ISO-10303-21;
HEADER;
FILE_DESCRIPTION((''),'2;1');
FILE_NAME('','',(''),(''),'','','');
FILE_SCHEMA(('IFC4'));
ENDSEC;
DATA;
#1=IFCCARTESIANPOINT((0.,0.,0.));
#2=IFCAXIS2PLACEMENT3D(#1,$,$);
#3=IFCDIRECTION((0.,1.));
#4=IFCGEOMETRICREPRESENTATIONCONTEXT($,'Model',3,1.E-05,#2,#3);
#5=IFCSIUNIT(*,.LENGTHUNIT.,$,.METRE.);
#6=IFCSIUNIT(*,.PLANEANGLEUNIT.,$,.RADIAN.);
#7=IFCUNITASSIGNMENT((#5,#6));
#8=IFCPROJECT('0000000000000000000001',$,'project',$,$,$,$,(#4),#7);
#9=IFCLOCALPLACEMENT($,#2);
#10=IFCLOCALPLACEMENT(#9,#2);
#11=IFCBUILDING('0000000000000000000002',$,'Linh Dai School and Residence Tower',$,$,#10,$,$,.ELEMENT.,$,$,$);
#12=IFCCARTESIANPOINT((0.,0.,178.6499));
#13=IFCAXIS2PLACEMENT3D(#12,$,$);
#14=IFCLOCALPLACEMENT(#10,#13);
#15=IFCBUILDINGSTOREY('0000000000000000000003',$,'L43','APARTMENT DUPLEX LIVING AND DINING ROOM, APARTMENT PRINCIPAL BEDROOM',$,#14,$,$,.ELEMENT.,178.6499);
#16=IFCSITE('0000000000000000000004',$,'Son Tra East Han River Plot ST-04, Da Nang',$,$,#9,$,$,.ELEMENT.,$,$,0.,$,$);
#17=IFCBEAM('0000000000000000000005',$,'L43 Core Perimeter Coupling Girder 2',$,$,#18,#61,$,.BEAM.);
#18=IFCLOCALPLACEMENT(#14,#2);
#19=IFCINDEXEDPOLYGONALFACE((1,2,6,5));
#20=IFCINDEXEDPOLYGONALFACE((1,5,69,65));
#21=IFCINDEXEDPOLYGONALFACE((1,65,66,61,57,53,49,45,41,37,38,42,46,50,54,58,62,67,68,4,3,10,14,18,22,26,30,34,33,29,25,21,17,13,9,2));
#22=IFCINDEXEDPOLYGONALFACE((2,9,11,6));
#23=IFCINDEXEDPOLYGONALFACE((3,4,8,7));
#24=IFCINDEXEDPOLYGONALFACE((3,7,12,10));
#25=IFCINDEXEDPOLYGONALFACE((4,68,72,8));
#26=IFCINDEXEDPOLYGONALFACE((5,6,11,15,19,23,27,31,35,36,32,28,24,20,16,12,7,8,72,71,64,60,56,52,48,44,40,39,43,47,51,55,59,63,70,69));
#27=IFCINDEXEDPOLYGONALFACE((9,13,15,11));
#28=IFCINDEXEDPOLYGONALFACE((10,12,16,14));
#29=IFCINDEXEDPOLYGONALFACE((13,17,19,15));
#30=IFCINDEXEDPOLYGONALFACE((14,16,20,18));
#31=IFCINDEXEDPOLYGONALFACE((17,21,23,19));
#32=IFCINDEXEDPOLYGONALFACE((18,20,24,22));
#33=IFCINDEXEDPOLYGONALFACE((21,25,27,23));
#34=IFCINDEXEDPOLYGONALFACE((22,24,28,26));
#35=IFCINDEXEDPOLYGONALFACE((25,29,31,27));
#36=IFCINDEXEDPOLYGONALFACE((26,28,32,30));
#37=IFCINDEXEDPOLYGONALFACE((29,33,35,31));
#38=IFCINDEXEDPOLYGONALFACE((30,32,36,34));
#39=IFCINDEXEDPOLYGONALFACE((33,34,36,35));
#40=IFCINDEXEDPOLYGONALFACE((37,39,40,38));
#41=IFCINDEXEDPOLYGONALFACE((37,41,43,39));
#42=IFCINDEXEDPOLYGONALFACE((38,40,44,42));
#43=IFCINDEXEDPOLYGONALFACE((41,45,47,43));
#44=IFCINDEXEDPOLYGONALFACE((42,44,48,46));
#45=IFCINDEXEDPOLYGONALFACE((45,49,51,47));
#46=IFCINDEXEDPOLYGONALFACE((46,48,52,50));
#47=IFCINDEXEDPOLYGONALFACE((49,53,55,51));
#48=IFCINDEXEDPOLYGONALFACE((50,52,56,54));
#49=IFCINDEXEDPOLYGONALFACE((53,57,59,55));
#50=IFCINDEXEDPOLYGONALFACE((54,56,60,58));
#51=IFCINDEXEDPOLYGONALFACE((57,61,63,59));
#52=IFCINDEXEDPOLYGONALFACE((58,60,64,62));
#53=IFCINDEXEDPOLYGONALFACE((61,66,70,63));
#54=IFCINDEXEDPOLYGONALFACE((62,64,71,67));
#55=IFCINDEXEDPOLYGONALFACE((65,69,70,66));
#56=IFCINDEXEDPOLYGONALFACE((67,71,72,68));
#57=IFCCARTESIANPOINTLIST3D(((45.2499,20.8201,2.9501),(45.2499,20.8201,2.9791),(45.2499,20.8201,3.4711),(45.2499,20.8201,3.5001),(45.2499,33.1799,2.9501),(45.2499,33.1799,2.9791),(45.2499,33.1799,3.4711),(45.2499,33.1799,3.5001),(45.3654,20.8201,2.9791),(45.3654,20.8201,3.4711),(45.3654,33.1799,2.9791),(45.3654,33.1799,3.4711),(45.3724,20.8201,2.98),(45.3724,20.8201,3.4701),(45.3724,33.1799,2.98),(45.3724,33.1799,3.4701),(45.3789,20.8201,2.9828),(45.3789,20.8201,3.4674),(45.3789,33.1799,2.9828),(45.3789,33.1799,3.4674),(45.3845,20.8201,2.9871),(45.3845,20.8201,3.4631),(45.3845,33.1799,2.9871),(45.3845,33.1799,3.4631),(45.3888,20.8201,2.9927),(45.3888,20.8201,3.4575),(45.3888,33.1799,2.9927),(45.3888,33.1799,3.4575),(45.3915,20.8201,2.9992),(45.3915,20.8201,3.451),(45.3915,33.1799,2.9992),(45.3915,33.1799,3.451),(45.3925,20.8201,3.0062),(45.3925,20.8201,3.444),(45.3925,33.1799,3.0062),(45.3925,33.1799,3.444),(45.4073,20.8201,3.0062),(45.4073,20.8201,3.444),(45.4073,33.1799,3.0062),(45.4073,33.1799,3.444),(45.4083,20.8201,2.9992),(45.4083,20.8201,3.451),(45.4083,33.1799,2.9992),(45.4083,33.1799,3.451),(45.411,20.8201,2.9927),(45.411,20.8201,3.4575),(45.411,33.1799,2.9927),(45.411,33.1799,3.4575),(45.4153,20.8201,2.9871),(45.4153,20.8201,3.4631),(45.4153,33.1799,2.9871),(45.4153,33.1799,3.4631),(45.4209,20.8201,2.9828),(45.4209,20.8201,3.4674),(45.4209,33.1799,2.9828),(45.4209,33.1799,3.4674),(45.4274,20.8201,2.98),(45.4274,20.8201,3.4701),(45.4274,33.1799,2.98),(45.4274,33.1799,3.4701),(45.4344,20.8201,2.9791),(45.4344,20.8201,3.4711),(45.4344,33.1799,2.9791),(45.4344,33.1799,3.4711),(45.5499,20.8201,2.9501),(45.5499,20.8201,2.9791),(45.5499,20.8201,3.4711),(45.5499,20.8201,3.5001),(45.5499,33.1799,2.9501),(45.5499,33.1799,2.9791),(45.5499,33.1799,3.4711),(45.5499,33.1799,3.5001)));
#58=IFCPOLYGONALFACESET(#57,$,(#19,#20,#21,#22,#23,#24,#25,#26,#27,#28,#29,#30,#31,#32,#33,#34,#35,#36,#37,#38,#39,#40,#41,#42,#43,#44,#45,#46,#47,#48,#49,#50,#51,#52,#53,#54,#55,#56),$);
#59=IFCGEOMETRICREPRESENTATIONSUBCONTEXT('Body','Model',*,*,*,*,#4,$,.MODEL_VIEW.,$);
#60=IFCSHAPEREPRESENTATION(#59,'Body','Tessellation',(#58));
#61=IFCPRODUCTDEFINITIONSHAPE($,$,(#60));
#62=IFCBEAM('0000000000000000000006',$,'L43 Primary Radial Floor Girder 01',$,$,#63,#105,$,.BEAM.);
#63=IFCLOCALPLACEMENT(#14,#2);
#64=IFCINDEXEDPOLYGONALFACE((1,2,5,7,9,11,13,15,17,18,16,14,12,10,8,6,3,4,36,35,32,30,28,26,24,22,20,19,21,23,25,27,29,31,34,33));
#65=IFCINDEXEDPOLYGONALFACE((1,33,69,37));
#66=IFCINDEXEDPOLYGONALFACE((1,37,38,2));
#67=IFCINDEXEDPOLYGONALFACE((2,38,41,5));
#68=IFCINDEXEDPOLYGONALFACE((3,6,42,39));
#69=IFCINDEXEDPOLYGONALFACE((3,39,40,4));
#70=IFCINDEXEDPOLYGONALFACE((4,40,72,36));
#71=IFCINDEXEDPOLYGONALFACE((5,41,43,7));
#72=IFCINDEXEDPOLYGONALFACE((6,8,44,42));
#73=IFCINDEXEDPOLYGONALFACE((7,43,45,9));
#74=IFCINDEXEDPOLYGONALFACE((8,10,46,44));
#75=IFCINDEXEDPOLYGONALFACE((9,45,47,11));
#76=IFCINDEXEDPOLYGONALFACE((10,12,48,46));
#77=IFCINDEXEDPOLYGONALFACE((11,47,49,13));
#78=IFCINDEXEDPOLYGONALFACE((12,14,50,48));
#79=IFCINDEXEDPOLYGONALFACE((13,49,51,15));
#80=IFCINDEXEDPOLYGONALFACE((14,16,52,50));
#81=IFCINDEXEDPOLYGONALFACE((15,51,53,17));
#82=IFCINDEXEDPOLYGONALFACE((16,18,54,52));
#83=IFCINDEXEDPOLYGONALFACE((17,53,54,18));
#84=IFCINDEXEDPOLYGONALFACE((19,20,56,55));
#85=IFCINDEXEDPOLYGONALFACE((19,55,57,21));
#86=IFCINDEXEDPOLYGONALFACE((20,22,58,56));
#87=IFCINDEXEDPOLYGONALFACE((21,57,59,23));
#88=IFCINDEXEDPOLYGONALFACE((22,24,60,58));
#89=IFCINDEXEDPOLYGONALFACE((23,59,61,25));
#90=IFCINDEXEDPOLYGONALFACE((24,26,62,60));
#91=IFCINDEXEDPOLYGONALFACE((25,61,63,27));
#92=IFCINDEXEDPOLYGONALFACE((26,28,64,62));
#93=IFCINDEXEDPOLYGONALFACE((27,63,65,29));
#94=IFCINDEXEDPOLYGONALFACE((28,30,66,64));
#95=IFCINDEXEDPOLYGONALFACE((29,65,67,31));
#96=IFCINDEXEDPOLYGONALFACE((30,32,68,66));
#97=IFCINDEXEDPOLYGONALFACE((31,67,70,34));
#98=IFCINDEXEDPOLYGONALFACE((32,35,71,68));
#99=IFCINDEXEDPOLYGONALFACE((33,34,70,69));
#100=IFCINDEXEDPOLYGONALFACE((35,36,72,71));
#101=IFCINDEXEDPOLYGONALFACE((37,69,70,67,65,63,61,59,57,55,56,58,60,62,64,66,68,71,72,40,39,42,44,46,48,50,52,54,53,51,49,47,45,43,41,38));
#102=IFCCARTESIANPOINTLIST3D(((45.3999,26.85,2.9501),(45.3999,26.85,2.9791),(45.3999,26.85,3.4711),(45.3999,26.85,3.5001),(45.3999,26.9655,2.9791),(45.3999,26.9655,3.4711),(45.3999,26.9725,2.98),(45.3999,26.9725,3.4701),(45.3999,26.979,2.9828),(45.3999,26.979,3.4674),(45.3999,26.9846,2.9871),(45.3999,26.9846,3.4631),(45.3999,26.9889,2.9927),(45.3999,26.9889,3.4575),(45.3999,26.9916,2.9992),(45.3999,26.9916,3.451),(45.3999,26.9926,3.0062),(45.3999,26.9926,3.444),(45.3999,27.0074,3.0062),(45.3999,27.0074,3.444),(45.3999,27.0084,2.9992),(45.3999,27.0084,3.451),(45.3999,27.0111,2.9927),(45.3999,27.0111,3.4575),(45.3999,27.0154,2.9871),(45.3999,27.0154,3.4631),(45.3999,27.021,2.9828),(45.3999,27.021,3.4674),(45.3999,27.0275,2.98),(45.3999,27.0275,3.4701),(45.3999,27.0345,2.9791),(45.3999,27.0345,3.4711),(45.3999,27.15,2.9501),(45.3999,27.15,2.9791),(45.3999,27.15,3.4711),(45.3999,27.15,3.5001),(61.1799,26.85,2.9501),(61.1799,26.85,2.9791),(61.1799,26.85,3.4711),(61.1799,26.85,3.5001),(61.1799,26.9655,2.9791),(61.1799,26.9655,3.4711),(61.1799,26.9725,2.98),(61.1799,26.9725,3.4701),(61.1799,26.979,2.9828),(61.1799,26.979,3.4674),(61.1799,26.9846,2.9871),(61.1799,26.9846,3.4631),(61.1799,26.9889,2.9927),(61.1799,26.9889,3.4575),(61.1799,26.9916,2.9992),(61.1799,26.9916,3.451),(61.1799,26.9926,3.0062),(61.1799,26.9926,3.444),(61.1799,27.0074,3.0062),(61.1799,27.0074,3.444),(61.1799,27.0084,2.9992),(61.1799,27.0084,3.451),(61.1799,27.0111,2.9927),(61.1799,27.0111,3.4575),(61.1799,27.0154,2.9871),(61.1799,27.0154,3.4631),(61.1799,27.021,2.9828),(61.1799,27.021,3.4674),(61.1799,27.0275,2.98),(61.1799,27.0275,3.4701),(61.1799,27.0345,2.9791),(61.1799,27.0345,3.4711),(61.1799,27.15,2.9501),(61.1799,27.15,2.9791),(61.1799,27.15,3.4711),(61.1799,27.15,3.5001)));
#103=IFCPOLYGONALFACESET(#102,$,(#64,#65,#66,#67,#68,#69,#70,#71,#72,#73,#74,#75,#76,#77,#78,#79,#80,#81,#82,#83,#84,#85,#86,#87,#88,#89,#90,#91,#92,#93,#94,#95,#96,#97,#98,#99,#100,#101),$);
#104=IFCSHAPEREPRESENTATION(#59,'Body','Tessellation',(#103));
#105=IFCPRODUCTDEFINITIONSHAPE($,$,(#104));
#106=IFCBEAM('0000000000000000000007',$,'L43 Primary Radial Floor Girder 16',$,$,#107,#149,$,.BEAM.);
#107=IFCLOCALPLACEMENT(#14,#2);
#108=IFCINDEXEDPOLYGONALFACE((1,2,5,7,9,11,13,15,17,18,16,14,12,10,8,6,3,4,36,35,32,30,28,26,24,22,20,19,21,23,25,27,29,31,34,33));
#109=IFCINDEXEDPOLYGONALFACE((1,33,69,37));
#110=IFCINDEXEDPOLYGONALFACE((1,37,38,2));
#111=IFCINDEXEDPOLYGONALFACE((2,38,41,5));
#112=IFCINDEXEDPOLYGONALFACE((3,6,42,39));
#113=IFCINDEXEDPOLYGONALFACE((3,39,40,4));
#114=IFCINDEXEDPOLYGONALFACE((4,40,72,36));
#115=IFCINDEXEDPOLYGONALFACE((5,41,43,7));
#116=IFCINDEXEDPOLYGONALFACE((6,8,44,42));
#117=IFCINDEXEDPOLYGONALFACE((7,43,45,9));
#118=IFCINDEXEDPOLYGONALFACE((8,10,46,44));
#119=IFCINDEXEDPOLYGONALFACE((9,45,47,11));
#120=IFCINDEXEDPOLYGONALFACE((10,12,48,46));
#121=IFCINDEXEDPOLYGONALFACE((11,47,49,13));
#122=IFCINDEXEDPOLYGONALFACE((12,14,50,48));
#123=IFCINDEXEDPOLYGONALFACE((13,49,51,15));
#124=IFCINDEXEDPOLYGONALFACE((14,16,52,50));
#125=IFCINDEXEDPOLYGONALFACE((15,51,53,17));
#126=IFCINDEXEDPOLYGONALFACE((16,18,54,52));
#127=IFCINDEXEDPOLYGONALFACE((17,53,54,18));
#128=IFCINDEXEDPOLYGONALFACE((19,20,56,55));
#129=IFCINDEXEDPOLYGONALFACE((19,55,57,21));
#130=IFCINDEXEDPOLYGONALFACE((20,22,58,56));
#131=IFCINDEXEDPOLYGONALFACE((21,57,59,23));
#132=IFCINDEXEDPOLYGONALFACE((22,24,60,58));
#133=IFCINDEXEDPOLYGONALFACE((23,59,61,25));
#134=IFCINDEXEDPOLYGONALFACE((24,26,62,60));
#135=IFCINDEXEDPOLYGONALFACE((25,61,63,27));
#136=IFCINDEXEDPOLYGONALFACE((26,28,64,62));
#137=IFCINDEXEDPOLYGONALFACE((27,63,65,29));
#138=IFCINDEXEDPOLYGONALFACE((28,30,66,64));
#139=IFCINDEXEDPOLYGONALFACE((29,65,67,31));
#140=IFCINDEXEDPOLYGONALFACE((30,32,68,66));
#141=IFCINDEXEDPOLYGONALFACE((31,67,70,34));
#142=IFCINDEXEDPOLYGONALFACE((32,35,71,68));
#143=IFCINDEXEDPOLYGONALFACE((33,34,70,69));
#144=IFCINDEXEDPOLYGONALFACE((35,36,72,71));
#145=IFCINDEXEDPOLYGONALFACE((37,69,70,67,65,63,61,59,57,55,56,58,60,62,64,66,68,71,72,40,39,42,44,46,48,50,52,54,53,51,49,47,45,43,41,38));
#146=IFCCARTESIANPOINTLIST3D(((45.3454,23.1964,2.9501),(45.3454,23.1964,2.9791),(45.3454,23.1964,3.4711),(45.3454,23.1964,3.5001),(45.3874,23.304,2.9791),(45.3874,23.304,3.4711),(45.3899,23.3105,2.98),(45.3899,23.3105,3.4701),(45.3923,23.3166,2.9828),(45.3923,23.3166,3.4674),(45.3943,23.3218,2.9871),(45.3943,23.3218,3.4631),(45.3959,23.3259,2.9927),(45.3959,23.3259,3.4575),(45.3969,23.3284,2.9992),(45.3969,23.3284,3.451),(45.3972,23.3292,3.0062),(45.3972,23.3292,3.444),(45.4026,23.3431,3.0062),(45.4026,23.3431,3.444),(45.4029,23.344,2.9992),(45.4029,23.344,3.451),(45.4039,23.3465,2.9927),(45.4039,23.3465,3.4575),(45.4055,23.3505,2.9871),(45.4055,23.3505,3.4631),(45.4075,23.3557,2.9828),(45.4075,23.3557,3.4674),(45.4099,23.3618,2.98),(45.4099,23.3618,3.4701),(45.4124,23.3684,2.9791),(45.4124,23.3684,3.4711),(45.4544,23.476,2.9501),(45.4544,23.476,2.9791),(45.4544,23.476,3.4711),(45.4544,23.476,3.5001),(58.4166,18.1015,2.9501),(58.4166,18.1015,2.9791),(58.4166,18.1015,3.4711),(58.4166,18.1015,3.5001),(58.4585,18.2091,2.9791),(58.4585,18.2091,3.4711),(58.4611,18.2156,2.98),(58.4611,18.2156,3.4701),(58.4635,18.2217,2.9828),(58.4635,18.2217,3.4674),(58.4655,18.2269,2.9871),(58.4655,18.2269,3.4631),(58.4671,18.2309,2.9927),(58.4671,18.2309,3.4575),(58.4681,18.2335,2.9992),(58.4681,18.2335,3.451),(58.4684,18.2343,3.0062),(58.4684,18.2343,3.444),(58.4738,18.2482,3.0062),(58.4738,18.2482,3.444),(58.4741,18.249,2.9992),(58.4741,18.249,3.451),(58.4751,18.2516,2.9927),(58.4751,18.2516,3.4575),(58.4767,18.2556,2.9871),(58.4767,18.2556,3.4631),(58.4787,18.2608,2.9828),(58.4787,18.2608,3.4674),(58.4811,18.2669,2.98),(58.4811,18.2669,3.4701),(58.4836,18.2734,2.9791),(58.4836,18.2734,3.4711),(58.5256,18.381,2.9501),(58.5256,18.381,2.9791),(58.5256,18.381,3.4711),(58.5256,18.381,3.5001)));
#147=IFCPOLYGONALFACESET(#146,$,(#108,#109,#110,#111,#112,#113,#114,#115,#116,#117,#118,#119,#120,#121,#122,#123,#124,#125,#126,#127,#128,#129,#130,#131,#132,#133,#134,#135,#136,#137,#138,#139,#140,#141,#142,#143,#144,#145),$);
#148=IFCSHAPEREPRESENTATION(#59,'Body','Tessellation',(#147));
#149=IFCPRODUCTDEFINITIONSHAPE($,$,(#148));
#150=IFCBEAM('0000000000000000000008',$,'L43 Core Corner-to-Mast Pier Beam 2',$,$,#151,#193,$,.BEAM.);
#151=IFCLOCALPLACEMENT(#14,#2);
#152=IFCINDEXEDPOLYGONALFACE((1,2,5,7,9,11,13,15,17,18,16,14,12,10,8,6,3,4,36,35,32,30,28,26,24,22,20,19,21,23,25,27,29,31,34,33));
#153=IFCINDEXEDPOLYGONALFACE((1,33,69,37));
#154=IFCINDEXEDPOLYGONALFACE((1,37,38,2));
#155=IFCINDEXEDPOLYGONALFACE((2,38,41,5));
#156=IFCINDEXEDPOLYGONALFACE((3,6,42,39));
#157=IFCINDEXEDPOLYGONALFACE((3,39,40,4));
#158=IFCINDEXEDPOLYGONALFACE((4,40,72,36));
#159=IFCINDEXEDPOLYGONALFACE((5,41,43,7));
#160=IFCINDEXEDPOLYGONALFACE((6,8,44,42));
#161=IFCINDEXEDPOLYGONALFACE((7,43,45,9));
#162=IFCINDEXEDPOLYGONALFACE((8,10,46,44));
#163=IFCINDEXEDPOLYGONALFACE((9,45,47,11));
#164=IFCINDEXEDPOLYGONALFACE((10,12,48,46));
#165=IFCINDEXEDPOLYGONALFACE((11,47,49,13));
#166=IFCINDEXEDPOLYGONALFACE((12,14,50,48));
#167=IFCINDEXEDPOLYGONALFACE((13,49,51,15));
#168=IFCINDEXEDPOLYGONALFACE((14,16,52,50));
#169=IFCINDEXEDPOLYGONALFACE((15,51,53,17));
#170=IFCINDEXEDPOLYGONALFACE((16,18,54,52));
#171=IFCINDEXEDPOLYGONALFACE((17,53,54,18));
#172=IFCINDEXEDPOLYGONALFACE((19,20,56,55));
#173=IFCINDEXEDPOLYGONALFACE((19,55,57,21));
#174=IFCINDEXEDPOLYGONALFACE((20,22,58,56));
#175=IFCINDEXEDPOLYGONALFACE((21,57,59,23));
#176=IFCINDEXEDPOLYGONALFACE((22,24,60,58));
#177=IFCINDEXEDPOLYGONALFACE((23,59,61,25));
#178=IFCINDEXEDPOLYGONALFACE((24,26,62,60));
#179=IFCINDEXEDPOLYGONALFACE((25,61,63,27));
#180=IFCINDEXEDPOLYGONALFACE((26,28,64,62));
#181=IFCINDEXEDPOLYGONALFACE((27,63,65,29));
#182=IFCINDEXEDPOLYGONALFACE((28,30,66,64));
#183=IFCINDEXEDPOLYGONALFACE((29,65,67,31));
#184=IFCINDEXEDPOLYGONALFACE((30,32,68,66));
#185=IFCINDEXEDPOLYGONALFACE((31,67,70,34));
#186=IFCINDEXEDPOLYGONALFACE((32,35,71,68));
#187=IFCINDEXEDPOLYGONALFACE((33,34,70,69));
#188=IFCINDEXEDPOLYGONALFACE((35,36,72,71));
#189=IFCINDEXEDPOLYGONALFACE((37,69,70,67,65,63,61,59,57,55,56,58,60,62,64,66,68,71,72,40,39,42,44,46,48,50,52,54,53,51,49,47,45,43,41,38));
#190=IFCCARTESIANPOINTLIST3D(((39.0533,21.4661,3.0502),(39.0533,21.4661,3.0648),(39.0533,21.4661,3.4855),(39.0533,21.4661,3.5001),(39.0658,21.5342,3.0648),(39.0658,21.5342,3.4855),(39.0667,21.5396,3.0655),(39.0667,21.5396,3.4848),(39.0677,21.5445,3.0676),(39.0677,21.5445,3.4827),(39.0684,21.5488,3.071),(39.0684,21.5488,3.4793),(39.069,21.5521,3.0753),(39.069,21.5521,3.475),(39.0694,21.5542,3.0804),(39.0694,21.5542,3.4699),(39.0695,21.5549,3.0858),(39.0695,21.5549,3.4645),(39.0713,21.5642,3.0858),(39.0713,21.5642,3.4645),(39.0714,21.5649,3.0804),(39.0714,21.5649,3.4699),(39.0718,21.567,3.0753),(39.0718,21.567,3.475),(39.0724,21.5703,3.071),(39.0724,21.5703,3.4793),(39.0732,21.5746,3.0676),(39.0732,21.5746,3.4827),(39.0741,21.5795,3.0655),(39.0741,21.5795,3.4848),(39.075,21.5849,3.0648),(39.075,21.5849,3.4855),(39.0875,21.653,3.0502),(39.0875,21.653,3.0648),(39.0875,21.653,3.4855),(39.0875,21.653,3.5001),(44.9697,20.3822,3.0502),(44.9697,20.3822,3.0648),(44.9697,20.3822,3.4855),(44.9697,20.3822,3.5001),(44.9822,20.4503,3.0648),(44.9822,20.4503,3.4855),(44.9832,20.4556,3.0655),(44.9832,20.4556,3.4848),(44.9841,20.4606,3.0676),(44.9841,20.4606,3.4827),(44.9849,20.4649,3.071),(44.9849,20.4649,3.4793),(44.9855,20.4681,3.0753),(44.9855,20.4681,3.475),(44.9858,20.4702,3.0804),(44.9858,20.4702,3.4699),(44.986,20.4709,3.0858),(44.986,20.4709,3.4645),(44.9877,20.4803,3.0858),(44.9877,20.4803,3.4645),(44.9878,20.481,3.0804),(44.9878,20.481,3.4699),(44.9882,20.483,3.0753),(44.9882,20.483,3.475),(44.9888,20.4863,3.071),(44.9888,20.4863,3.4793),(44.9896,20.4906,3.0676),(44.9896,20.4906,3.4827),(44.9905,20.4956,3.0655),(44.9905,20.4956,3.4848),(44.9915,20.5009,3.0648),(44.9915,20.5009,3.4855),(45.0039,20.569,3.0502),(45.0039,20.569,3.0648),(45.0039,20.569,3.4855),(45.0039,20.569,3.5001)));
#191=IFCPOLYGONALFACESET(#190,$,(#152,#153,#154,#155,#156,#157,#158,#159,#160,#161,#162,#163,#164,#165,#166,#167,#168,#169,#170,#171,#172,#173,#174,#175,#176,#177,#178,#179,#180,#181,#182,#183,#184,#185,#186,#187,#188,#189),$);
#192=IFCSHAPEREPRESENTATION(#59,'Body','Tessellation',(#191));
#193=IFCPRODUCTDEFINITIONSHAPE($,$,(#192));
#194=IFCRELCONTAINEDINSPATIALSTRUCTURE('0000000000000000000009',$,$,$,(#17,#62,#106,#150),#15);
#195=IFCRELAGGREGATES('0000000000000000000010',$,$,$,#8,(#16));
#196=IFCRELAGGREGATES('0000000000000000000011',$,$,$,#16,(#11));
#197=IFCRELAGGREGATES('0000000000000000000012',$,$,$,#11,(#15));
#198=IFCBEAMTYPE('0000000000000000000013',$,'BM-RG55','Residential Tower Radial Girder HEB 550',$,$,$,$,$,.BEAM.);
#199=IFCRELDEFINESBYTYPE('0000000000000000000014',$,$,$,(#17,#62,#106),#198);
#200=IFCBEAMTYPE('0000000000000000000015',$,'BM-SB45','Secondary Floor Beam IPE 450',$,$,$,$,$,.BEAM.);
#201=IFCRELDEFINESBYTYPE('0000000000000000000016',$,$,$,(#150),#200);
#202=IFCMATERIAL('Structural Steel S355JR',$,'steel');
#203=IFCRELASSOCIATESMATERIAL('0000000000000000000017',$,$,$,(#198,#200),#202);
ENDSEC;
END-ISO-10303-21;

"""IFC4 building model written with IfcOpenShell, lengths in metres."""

from ifc_helpers import new_model, si_unit, direction, frame, origin, origin_2d, place, context, subcontext, project, spatial, i_section, extrude, material, material_profile, profile_set, type_object, element, save


model = new_model("IFC4")

# Units and contexts
model_context = context("Model", 3, precision=1e-05, world=origin(), true_north=direction((0.0, 1.0)))
body_context = subcontext(model_context, "Body", "Model", "MODEL_VIEW")
ifc_project = project(units=[si_unit("LENGTHUNIT", "METRE"), si_unit("PLANEANGLEUNIT", "RADIAN")], contexts=[model_context])

# Site, building, storey
site_placement = place(None, origin())
site = spatial("IfcSite", under=ifc_project, at=site_placement, Name="Son Tra East Han River Plot ST-04, Da Nang", CompositionType="ELEMENT", RefElevation=0.0)
building_placement = place(site_placement, origin())
building = spatial("IfcBuilding", under=site, at=building_placement, Name="Linh Dai School and Residence Tower", CompositionType="ELEMENT")
storey_placement = place(building_placement, frame((0.0, 0.0, 178.6499)))
storey = spatial("IfcBuildingStorey", under=building, at=storey_placement, Name="L43", Description="APARTMENT DUPLEX LIVING AND DINING ROOM, APARTMENT PRINCIPAL BEDROOM", CompositionType="ELEMENT", Elevation=178.6499)

# Shared definitions
ifc_material_1 = material(Name="Structural Steel S355JR", Category="steel")

# Beams
ifc_material_profile_1 = material_profile(ifc_material_1, i_section(OverallWidth=0.3, OverallDepth=0.55, WebThickness=0.0149, FlangeThickness=0.0291, FilletRadius=0.0271, at=origin_2d()), Name="HEB 550")
ifc_profile_set_1 = profile_set([ifc_material_profile_1], Name="Structural Steel S355JR")
beam_type_1 = type_object("IfcBeamType", Name="BM-RG55", Description="Residential Tower Radial Girder HEB 550", PredefinedType="BEAM", material=ifc_profile_set_1)
beam_1_placement = place(storey_placement, frame((45.3999, 20.8201, 3.2251), z_axis=(0.0, 1.0, 0.0), x_axis=(-1.0, 0.0, 0.0)))
element("IfcBeam", 1, at=beam_1_placement, inside=storey, type_object=beam_type_1, Name="L43 Core Perimeter Coupling Girder 2", PredefinedType="BEAM", context=body_context, shape_type="SweptSolid", body=[
    extrude(i_section(OverallWidth=0.3, OverallDepth=0.55, WebThickness=0.0149, FlangeThickness=0.0291, FilletRadius=0.0271, at=origin_2d()), origin(), (0.0, 0.0, 1.0), 12.3599),
])
beam_2_placement = place(storey_placement, frame((45.3999, 27.0, 3.2251), z_axis=(1.0, 0.0, 0.0), x_axis=(0.0, 1.0, 0.0)))
element("IfcBeam", 2, at=beam_2_placement, inside=storey, type_object=beam_type_1, Name="L43 Primary Radial Floor Girder 01", PredefinedType="BEAM", context=body_context, shape_type="SweptSolid", body=[
    extrude(i_section(OverallWidth=0.3, OverallDepth=0.55, WebThickness=0.0149, FlangeThickness=0.0291, FilletRadius=0.0271, at=origin_2d()), origin(), (0.0, 0.0, 1.0), 15.78),
])
beam_3_placement = place(storey_placement, frame((45.3999, 23.3362, 3.2251), z_axis=(0.931723, -0.36317, 0.0), x_axis=(0.36317, 0.931723, 0.0)))
element("IfcBeam", 3, at=beam_3_placement, inside=storey, type_object=beam_type_1, Name="L43 Primary Radial Floor Girder 16", PredefinedType="BEAM", context=body_context, shape_type="SweptSolid", body=[
    extrude(i_section(OverallWidth=0.3, OverallDepth=0.55, WebThickness=0.0149, FlangeThickness=0.0291, FilletRadius=0.0271, at=origin_2d()), origin(), (0.0, 0.0, 1.0), 14.0291),
])
ifc_material_profile_2 = material_profile(ifc_material_1, i_section(OverallWidth=0.1899, OverallDepth=0.45, WebThickness=0.0095, FlangeThickness=0.0146, FilletRadius=0.021, at=origin_2d()), Name="IPE 450")
ifc_profile_set_2 = profile_set([ifc_material_profile_2], Name="Structural Steel S355JR")
beam_type_2 = type_object("IfcBeamType", Name="BM-SB45", Description="Secondary Floor Beam IPE 450", PredefinedType="BEAM", material=ifc_profile_set_2)
beam_4_placement = place(storey_placement, frame((44.9868, 20.4756, 3.2751), z_axis=(-0.983627, 0.180214, 0.0), x_axis=(-0.180214, -0.983627, 0.0)))
element("IfcBeam", 4, at=beam_4_placement, inside=storey, type_object=beam_type_2, Name="L43 Core Corner-to-Mast Pier Beam 2", PredefinedType="BEAM", context=body_context, shape_type="SweptSolid", body=[
    extrude(i_section(OverallWidth=0.1899, OverallDepth=0.45, WebThickness=0.0095, FlangeThickness=0.0146, FilletRadius=0.021, at=origin_2d()), origin(), (0.0, 0.0, 1.0), 6.0149),
])

save(model, "model.ifc")
